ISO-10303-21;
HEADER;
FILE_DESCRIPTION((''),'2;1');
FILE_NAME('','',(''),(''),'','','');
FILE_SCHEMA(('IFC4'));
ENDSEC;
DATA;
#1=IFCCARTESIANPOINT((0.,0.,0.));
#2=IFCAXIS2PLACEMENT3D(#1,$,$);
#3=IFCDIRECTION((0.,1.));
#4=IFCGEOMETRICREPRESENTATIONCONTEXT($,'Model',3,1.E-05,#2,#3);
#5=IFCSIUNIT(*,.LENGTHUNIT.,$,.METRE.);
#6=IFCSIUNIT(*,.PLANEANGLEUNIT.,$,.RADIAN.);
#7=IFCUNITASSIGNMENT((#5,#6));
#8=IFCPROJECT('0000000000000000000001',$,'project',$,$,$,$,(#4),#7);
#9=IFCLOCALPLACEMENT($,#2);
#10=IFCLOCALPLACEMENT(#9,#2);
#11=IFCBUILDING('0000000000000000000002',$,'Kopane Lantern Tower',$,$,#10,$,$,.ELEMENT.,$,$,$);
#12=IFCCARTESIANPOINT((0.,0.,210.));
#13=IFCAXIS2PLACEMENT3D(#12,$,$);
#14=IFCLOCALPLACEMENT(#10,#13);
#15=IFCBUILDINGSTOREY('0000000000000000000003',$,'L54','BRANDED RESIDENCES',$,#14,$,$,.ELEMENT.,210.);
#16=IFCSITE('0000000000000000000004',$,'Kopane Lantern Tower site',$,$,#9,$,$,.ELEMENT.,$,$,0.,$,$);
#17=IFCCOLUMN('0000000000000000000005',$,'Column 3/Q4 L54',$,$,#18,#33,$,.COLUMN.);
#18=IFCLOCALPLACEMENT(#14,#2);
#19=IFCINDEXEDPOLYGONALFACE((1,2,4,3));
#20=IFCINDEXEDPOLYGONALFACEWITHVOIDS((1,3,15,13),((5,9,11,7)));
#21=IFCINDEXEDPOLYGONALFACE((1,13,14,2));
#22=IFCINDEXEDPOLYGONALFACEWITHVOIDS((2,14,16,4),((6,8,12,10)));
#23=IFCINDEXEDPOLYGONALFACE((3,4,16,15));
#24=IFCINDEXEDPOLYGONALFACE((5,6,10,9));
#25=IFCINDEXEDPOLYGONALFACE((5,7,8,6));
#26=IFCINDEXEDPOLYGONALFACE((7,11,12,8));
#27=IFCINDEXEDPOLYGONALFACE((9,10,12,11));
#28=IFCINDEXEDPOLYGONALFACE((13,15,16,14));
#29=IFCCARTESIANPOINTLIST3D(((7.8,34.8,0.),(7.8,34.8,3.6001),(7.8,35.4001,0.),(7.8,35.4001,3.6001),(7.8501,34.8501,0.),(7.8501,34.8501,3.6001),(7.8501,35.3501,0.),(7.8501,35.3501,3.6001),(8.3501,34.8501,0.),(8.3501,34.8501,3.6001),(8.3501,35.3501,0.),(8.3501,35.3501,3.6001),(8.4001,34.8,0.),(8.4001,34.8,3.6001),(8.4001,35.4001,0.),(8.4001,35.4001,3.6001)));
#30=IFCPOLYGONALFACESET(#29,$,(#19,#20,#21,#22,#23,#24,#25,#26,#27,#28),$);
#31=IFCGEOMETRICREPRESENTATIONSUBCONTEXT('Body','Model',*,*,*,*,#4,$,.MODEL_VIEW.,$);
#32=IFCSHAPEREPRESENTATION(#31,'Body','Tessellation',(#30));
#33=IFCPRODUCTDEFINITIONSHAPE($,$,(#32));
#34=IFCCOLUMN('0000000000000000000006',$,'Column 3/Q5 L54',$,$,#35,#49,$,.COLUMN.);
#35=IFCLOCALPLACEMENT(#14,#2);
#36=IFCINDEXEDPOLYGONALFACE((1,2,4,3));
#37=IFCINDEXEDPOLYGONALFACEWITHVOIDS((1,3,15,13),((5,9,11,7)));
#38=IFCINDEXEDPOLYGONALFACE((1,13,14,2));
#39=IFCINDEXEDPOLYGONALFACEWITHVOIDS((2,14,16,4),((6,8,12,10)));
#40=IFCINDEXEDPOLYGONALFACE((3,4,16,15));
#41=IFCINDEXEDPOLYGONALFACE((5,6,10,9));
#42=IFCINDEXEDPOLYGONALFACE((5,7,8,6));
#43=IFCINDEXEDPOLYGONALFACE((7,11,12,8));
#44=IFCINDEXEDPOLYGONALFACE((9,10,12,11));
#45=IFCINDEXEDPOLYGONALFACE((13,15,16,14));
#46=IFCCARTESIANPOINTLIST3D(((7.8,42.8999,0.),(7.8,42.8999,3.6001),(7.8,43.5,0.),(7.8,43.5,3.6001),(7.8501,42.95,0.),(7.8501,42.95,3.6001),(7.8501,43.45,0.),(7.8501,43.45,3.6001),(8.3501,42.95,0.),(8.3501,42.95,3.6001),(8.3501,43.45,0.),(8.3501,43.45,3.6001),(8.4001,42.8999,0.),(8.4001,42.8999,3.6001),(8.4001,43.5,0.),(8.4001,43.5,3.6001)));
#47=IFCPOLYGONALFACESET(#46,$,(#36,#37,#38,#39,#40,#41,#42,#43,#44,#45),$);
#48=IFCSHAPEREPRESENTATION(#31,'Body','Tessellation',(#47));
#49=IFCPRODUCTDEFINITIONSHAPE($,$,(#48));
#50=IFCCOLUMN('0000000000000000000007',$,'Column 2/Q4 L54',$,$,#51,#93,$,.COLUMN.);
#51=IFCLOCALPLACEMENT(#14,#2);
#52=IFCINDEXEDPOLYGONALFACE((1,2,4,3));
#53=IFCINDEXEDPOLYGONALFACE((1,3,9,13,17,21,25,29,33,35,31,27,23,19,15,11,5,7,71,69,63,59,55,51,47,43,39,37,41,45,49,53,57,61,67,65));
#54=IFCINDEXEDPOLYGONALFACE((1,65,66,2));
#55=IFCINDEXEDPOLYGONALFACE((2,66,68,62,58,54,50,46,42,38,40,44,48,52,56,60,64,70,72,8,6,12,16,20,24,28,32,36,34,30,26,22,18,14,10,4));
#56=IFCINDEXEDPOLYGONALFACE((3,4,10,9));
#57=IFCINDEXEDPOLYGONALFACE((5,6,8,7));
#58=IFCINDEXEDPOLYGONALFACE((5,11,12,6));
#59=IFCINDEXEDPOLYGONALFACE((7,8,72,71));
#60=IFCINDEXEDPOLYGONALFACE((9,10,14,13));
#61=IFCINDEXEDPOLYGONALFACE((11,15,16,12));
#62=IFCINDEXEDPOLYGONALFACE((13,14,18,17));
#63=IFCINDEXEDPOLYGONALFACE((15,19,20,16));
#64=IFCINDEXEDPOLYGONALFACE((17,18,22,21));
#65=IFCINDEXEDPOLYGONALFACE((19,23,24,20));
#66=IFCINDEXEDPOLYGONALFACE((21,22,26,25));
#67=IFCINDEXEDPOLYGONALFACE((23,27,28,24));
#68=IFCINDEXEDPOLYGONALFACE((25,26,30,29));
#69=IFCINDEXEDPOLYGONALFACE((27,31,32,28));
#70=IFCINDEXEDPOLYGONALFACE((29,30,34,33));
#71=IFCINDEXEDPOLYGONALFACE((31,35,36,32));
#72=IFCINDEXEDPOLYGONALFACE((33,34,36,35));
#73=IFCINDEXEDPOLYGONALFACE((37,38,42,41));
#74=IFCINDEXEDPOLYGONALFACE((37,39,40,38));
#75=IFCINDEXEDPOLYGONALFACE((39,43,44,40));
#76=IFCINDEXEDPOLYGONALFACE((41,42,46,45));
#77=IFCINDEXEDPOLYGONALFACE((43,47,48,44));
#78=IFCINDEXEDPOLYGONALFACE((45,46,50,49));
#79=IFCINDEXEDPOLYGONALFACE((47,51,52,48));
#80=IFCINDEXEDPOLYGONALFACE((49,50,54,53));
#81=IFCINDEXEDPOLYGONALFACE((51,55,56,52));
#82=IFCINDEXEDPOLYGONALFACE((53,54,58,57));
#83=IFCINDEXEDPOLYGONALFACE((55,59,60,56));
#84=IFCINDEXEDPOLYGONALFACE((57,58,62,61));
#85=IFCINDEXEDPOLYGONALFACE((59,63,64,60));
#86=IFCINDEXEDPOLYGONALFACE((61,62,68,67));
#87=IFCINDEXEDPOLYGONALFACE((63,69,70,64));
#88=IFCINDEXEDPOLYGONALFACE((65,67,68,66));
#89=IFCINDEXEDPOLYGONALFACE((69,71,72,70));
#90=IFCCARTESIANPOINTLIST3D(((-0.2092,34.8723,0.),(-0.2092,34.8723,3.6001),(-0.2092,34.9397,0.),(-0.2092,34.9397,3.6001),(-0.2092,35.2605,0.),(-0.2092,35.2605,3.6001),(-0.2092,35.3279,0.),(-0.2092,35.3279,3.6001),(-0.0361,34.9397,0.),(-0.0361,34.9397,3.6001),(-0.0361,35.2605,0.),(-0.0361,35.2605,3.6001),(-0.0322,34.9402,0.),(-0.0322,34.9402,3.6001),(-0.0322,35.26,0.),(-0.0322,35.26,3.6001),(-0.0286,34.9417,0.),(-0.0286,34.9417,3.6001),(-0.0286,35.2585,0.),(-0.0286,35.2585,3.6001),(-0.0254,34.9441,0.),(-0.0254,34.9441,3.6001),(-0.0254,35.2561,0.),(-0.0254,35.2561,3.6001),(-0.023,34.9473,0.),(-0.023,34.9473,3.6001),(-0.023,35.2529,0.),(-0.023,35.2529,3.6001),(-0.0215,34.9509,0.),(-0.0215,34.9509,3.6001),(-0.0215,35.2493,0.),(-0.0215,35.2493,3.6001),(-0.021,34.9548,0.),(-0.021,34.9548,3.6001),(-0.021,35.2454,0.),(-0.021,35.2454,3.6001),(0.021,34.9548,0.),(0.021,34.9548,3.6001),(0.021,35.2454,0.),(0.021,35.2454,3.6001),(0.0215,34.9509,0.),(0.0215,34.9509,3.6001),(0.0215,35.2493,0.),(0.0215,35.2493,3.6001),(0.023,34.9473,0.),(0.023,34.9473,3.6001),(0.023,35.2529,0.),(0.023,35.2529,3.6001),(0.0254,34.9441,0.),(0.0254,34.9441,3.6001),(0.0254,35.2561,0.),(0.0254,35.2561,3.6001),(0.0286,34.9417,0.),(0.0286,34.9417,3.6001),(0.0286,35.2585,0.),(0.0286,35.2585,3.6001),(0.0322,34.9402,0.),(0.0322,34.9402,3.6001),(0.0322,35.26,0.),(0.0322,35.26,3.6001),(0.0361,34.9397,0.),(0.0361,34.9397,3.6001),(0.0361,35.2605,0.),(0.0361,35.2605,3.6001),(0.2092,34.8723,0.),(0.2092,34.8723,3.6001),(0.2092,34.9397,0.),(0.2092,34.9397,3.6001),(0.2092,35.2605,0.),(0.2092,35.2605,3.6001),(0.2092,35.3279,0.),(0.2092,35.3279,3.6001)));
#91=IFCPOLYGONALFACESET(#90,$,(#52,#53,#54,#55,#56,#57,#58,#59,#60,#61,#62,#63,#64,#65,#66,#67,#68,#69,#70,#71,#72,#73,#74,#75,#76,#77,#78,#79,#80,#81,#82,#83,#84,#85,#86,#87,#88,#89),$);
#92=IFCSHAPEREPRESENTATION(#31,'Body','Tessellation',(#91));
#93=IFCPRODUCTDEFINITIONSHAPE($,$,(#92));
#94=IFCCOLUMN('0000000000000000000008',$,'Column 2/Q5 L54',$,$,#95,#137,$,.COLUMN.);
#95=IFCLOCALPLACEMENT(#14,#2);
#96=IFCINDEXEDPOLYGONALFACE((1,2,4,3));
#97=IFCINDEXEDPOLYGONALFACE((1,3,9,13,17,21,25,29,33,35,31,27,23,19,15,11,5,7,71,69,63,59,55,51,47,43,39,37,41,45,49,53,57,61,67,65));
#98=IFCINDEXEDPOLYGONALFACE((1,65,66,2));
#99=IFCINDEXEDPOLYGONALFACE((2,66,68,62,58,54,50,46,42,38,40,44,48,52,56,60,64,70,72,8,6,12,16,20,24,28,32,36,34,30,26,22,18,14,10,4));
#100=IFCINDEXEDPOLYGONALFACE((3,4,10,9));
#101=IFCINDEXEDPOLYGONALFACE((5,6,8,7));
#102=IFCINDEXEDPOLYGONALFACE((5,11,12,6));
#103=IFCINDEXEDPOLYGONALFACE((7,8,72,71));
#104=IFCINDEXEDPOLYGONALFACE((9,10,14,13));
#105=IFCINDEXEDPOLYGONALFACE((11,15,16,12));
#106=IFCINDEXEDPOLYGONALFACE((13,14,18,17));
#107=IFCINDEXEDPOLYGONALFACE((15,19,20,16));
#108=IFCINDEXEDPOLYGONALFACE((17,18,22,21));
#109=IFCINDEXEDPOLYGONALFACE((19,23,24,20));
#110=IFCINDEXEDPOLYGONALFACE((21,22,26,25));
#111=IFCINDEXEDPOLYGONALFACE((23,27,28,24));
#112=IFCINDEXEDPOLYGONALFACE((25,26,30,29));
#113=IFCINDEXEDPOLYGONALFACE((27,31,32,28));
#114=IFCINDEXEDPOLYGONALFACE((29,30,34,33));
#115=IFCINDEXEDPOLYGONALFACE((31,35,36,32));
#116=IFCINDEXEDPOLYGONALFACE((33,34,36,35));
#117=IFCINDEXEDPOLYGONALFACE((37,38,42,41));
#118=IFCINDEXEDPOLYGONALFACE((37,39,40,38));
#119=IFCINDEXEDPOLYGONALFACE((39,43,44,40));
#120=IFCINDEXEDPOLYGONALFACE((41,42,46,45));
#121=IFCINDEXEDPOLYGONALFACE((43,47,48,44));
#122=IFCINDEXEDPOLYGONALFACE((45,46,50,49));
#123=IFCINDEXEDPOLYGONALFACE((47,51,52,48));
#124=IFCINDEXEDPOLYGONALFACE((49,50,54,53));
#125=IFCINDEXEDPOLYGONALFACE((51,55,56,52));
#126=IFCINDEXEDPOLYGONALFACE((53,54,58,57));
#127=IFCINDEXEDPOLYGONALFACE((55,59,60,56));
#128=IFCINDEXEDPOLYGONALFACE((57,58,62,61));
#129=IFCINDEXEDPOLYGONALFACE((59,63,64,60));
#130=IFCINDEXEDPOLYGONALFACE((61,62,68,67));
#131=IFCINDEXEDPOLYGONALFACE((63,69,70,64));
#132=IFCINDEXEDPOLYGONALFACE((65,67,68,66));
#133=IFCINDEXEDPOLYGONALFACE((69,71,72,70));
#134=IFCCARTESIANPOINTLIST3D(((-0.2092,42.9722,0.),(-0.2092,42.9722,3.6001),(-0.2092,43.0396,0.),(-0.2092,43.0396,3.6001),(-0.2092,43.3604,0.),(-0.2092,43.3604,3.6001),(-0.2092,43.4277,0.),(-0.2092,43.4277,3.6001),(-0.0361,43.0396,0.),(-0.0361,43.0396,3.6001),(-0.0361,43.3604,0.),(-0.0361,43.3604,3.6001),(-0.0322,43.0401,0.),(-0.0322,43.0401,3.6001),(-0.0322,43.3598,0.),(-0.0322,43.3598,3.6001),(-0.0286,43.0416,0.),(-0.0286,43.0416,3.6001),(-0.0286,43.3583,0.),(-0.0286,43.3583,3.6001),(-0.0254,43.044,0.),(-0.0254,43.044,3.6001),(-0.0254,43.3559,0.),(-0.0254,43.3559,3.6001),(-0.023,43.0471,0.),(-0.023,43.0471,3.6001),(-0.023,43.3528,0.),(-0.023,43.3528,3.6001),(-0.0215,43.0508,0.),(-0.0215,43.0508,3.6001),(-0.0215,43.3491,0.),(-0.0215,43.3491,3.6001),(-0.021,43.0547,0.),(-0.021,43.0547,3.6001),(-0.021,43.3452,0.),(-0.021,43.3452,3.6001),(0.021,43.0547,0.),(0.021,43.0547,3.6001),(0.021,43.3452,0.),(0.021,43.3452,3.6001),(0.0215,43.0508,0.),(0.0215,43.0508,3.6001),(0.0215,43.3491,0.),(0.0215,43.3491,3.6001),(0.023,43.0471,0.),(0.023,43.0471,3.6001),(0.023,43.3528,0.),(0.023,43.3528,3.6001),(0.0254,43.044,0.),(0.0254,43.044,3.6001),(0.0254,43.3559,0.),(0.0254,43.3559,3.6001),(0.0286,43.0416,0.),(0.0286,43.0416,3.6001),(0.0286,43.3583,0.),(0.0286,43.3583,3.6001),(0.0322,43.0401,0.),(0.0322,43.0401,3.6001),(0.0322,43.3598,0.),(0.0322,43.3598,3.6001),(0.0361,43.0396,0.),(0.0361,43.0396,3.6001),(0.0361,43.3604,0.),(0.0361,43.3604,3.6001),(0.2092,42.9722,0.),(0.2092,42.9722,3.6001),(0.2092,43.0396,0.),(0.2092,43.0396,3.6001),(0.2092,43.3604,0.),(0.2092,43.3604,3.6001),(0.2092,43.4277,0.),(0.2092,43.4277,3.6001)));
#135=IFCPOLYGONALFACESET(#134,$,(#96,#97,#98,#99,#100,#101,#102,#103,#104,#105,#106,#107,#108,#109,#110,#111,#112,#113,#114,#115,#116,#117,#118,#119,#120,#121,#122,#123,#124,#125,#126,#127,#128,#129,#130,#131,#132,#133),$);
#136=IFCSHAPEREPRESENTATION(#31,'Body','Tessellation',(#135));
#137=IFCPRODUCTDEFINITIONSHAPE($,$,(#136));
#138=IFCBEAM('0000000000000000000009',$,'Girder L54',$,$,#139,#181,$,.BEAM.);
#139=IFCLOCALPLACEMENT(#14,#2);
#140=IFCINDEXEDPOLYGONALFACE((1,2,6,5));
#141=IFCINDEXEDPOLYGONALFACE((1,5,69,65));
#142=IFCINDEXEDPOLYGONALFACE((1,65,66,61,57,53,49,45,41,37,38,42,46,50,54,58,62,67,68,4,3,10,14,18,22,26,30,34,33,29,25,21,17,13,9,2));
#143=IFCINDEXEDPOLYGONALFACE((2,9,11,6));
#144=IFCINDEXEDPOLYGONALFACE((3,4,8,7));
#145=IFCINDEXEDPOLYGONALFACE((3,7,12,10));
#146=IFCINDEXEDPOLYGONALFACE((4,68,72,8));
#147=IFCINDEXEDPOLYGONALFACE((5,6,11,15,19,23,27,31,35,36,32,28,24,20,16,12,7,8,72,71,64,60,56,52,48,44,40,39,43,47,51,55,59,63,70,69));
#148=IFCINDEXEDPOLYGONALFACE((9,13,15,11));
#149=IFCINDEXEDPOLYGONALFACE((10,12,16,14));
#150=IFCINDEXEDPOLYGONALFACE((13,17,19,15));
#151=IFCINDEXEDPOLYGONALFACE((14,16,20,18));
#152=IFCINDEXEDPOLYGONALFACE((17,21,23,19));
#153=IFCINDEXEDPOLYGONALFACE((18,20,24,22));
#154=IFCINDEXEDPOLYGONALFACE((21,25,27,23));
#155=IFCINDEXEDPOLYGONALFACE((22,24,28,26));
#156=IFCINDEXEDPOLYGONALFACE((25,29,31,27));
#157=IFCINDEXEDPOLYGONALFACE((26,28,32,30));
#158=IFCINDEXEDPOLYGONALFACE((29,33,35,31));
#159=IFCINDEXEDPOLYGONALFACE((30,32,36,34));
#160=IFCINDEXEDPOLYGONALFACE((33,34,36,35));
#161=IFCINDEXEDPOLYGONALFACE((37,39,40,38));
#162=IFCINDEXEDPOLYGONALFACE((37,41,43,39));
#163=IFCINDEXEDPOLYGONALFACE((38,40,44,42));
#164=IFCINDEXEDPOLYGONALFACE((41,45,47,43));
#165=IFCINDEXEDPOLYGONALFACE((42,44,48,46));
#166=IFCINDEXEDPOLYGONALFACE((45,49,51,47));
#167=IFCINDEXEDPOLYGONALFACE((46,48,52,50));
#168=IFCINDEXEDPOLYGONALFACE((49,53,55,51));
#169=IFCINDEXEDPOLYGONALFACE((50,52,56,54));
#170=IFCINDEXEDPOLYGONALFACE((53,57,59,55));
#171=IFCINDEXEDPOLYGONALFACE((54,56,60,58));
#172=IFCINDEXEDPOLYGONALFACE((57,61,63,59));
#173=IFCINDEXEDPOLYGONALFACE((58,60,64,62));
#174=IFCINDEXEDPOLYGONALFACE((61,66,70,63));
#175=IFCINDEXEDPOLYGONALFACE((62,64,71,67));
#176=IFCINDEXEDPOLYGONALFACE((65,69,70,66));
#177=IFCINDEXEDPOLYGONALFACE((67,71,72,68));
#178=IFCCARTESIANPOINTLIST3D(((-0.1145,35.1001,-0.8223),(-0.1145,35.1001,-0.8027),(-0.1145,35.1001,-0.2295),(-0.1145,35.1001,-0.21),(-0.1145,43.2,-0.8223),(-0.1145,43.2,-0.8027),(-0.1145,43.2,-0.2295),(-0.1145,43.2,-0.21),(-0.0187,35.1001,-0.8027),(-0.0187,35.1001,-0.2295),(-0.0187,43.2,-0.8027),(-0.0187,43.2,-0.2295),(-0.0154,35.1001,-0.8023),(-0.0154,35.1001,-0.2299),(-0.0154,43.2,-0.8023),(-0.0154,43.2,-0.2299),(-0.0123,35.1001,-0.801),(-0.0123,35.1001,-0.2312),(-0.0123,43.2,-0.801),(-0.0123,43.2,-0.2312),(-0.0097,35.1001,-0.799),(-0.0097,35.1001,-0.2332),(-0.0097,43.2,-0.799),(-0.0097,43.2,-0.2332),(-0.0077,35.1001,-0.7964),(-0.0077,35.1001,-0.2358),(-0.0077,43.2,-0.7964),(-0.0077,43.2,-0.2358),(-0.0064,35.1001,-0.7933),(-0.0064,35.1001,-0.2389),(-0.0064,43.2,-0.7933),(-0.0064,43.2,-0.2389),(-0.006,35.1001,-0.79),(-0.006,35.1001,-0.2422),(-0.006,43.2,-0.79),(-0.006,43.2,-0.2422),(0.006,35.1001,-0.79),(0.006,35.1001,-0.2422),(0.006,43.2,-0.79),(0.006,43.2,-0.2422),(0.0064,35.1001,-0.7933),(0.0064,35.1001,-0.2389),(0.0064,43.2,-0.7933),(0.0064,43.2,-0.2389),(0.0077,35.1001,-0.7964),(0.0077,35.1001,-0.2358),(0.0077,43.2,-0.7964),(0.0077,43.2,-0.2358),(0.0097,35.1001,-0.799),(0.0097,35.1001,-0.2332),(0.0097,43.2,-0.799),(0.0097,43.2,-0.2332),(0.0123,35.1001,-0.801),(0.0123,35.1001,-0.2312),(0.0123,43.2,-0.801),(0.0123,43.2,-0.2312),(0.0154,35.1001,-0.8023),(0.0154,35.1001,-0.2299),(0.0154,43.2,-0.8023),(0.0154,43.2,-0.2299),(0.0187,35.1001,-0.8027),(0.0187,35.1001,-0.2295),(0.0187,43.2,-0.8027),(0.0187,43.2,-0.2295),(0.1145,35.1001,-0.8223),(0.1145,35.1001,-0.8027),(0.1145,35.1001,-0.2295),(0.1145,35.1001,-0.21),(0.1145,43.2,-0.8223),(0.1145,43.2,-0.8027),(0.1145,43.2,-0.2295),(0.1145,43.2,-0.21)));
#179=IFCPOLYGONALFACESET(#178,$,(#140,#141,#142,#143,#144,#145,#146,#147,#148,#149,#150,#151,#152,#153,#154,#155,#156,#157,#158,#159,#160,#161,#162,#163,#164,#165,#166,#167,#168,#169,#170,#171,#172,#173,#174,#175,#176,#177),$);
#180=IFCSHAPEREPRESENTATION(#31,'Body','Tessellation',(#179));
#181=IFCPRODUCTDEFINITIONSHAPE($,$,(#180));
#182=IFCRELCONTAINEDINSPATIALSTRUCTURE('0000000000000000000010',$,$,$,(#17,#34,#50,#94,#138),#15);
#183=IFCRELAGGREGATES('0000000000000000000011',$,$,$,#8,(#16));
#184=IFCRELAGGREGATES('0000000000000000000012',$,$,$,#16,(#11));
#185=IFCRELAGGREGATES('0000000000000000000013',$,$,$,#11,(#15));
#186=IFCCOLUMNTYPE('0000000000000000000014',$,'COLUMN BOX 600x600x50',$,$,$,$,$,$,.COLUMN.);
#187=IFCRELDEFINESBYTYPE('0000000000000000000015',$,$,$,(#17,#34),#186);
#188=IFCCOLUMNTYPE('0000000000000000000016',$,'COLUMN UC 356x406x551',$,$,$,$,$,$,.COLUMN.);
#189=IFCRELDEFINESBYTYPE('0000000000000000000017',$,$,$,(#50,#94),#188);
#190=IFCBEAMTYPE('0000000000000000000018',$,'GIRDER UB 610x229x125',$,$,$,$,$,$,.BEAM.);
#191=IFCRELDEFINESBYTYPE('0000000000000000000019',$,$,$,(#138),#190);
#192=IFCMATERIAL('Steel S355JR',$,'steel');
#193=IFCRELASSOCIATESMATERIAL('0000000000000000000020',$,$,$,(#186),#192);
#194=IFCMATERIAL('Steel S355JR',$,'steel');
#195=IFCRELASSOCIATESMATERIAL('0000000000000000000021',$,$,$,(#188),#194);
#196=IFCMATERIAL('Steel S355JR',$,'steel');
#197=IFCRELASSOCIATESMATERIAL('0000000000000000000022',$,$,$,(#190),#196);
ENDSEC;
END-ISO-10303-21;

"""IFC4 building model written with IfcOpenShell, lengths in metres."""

from ifc_helpers import new_model, si_unit, direction, frame, origin, origin_2d, place, context, subcontext, project, spatial, hollow_rectangle, i_section, extrude, material, material_profile, profile_set, type_object, element, save


model = new_model("IFC4")

# Units and contexts
model_context = context("Model", 3, precision=1e-05, world=origin(), true_north=direction((0.0, 1.0)))
body_context = subcontext(model_context, "Body", "Model", "MODEL_VIEW")
ifc_project = project(units=[si_unit("LENGTHUNIT", "METRE"), si_unit("PLANEANGLEUNIT", "RADIAN")], contexts=[model_context])

# Site, building, storey
site_placement = place(None, origin())
site = spatial("IfcSite", under=ifc_project, at=site_placement, Name="Kopane Lantern Tower site", CompositionType="ELEMENT", RefElevation=0.0)
building_placement = place(site_placement, origin())
building = spatial("IfcBuilding", under=site, at=building_placement, Name="Kopane Lantern Tower", CompositionType="ELEMENT")
storey_placement = place(building_placement, frame((0.0, 0.0, 210.0)))
storey = spatial("IfcBuildingStorey", under=building, at=storey_placement, Name="L54", Description="BRANDED RESIDENCES", CompositionType="ELEMENT", Elevation=210.0)

# Columns
ifc_material_1 = material(Name="Steel S355JR", Category="steel")
ifc_material_profile_1 = material_profile(ifc_material_1, hollow_rectangle(XDim=0.6001, YDim=0.6001, WallThickness=0.05, at=origin_2d()), Name="BOX 600x600x50")
ifc_profile_set_1 = profile_set([ifc_material_profile_1], Name="Steel S355JR")
column_type_1 = type_object("IfcColumnType", Name="COLUMN BOX 600x600x50", PredefinedType="COLUMN", material=ifc_profile_set_1)
for number, where, z_axis, x_axis, name in (
    (1, (8.1001, 35.1001, 0.0), (0.0, 0.0, 1.0), (1.0, 0.0, 0.0), "Column 3/Q4 L54"),
    (2, (8.1001, 43.2, 0.0), (0.0, 0.0, 1.0), (1.0, 0.0, 0.0), "Column 3/Q5 L54"),
):
    element("IfcColumn", number, at=place(storey_placement, frame(where, z_axis=z_axis, x_axis=x_axis)), inside=storey, type_object=column_type_1, Name=name, PredefinedType="COLUMN", context=body_context, shape_type="SweptSolid", body=[
        extrude(hollow_rectangle(XDim=0.6001, YDim=0.6001, WallThickness=0.05, at=origin_2d()), origin(), (0.0, 0.0, 1.0), 3.6001),
    ])
ifc_material_2 = material(Name="Steel S355JR", Category="steel")
ifc_material_profile_2 = material_profile(ifc_material_2, i_section(OverallWidth=0.4185, OverallDepth=0.4556, WebThickness=0.042, FlangeThickness=0.0674, FilletRadius=0.0151, at=origin_2d()), Name="UC 356x406x551")
ifc_profile_set_2 = profile_set([ifc_material_profile_2], Name="Steel S355JR")
column_type_2 = type_object("IfcColumnType", Name="COLUMN UC 356x406x551", PredefinedType="COLUMN", material=ifc_profile_set_2)
for number, where, z_axis, x_axis, name in (
    (3, (0.0, 35.1001, 0.0), (0.0, 0.0, 1.0), (1.0, 0.0, 0.0), "Column 2/Q4 L54"),
    (4, (0.0, 43.2, 0.0), (0.0, 0.0, 1.0), (1.0, 0.0, 0.0), "Column 2/Q5 L54"),
):
    element("IfcColumn", number, at=place(storey_placement, frame(where, z_axis=z_axis, x_axis=x_axis)), inside=storey, type_object=column_type_2, Name=name, PredefinedType="COLUMN", context=body_context, shape_type="SweptSolid", body=[
        extrude(i_section(OverallWidth=0.4185, OverallDepth=0.4556, WebThickness=0.042, FlangeThickness=0.0674, FilletRadius=0.0151, at=origin_2d()), origin(), (0.0, 0.0, 1.0), 3.6001),
    ])

# Beam
ifc_material_3 = material(Name="Steel S355JR", Category="steel")
ifc_material_profile_3 = material_profile(ifc_material_3, i_section(OverallWidth=0.229, OverallDepth=0.6123, WebThickness=0.012, FlangeThickness=0.0195, FilletRadius=0.0127, at=origin_2d()), Name="UB 610x229x125")
ifc_profile_set_3 = profile_set([ifc_material_profile_3], Name="Steel S355JR")
beam_type = type_object("IfcBeamType", Name="GIRDER UB 610x229x125", PredefinedType="BEAM", material=ifc_profile_set_3)
beam_1_placement = place(storey_placement, frame((0.0, 35.1001, -0.5161), z_axis=(0.0, 1.0, 0.0), x_axis=(-1.0, 0.0, 0.0)))
element("IfcBeam", 5, at=beam_1_placement, inside=storey, type_object=beam_type, Name="Girder L54", PredefinedType="BEAM", context=body_context, shape_type="SweptSolid", body=[
    extrude(i_section(OverallWidth=0.229, OverallDepth=0.6123, WebThickness=0.012, FlangeThickness=0.0195, FilletRadius=0.0127, at=origin_2d()), origin(), (0.0, 0.0, 1.0), 8.0999),
])

save(model, "model.ifc")
